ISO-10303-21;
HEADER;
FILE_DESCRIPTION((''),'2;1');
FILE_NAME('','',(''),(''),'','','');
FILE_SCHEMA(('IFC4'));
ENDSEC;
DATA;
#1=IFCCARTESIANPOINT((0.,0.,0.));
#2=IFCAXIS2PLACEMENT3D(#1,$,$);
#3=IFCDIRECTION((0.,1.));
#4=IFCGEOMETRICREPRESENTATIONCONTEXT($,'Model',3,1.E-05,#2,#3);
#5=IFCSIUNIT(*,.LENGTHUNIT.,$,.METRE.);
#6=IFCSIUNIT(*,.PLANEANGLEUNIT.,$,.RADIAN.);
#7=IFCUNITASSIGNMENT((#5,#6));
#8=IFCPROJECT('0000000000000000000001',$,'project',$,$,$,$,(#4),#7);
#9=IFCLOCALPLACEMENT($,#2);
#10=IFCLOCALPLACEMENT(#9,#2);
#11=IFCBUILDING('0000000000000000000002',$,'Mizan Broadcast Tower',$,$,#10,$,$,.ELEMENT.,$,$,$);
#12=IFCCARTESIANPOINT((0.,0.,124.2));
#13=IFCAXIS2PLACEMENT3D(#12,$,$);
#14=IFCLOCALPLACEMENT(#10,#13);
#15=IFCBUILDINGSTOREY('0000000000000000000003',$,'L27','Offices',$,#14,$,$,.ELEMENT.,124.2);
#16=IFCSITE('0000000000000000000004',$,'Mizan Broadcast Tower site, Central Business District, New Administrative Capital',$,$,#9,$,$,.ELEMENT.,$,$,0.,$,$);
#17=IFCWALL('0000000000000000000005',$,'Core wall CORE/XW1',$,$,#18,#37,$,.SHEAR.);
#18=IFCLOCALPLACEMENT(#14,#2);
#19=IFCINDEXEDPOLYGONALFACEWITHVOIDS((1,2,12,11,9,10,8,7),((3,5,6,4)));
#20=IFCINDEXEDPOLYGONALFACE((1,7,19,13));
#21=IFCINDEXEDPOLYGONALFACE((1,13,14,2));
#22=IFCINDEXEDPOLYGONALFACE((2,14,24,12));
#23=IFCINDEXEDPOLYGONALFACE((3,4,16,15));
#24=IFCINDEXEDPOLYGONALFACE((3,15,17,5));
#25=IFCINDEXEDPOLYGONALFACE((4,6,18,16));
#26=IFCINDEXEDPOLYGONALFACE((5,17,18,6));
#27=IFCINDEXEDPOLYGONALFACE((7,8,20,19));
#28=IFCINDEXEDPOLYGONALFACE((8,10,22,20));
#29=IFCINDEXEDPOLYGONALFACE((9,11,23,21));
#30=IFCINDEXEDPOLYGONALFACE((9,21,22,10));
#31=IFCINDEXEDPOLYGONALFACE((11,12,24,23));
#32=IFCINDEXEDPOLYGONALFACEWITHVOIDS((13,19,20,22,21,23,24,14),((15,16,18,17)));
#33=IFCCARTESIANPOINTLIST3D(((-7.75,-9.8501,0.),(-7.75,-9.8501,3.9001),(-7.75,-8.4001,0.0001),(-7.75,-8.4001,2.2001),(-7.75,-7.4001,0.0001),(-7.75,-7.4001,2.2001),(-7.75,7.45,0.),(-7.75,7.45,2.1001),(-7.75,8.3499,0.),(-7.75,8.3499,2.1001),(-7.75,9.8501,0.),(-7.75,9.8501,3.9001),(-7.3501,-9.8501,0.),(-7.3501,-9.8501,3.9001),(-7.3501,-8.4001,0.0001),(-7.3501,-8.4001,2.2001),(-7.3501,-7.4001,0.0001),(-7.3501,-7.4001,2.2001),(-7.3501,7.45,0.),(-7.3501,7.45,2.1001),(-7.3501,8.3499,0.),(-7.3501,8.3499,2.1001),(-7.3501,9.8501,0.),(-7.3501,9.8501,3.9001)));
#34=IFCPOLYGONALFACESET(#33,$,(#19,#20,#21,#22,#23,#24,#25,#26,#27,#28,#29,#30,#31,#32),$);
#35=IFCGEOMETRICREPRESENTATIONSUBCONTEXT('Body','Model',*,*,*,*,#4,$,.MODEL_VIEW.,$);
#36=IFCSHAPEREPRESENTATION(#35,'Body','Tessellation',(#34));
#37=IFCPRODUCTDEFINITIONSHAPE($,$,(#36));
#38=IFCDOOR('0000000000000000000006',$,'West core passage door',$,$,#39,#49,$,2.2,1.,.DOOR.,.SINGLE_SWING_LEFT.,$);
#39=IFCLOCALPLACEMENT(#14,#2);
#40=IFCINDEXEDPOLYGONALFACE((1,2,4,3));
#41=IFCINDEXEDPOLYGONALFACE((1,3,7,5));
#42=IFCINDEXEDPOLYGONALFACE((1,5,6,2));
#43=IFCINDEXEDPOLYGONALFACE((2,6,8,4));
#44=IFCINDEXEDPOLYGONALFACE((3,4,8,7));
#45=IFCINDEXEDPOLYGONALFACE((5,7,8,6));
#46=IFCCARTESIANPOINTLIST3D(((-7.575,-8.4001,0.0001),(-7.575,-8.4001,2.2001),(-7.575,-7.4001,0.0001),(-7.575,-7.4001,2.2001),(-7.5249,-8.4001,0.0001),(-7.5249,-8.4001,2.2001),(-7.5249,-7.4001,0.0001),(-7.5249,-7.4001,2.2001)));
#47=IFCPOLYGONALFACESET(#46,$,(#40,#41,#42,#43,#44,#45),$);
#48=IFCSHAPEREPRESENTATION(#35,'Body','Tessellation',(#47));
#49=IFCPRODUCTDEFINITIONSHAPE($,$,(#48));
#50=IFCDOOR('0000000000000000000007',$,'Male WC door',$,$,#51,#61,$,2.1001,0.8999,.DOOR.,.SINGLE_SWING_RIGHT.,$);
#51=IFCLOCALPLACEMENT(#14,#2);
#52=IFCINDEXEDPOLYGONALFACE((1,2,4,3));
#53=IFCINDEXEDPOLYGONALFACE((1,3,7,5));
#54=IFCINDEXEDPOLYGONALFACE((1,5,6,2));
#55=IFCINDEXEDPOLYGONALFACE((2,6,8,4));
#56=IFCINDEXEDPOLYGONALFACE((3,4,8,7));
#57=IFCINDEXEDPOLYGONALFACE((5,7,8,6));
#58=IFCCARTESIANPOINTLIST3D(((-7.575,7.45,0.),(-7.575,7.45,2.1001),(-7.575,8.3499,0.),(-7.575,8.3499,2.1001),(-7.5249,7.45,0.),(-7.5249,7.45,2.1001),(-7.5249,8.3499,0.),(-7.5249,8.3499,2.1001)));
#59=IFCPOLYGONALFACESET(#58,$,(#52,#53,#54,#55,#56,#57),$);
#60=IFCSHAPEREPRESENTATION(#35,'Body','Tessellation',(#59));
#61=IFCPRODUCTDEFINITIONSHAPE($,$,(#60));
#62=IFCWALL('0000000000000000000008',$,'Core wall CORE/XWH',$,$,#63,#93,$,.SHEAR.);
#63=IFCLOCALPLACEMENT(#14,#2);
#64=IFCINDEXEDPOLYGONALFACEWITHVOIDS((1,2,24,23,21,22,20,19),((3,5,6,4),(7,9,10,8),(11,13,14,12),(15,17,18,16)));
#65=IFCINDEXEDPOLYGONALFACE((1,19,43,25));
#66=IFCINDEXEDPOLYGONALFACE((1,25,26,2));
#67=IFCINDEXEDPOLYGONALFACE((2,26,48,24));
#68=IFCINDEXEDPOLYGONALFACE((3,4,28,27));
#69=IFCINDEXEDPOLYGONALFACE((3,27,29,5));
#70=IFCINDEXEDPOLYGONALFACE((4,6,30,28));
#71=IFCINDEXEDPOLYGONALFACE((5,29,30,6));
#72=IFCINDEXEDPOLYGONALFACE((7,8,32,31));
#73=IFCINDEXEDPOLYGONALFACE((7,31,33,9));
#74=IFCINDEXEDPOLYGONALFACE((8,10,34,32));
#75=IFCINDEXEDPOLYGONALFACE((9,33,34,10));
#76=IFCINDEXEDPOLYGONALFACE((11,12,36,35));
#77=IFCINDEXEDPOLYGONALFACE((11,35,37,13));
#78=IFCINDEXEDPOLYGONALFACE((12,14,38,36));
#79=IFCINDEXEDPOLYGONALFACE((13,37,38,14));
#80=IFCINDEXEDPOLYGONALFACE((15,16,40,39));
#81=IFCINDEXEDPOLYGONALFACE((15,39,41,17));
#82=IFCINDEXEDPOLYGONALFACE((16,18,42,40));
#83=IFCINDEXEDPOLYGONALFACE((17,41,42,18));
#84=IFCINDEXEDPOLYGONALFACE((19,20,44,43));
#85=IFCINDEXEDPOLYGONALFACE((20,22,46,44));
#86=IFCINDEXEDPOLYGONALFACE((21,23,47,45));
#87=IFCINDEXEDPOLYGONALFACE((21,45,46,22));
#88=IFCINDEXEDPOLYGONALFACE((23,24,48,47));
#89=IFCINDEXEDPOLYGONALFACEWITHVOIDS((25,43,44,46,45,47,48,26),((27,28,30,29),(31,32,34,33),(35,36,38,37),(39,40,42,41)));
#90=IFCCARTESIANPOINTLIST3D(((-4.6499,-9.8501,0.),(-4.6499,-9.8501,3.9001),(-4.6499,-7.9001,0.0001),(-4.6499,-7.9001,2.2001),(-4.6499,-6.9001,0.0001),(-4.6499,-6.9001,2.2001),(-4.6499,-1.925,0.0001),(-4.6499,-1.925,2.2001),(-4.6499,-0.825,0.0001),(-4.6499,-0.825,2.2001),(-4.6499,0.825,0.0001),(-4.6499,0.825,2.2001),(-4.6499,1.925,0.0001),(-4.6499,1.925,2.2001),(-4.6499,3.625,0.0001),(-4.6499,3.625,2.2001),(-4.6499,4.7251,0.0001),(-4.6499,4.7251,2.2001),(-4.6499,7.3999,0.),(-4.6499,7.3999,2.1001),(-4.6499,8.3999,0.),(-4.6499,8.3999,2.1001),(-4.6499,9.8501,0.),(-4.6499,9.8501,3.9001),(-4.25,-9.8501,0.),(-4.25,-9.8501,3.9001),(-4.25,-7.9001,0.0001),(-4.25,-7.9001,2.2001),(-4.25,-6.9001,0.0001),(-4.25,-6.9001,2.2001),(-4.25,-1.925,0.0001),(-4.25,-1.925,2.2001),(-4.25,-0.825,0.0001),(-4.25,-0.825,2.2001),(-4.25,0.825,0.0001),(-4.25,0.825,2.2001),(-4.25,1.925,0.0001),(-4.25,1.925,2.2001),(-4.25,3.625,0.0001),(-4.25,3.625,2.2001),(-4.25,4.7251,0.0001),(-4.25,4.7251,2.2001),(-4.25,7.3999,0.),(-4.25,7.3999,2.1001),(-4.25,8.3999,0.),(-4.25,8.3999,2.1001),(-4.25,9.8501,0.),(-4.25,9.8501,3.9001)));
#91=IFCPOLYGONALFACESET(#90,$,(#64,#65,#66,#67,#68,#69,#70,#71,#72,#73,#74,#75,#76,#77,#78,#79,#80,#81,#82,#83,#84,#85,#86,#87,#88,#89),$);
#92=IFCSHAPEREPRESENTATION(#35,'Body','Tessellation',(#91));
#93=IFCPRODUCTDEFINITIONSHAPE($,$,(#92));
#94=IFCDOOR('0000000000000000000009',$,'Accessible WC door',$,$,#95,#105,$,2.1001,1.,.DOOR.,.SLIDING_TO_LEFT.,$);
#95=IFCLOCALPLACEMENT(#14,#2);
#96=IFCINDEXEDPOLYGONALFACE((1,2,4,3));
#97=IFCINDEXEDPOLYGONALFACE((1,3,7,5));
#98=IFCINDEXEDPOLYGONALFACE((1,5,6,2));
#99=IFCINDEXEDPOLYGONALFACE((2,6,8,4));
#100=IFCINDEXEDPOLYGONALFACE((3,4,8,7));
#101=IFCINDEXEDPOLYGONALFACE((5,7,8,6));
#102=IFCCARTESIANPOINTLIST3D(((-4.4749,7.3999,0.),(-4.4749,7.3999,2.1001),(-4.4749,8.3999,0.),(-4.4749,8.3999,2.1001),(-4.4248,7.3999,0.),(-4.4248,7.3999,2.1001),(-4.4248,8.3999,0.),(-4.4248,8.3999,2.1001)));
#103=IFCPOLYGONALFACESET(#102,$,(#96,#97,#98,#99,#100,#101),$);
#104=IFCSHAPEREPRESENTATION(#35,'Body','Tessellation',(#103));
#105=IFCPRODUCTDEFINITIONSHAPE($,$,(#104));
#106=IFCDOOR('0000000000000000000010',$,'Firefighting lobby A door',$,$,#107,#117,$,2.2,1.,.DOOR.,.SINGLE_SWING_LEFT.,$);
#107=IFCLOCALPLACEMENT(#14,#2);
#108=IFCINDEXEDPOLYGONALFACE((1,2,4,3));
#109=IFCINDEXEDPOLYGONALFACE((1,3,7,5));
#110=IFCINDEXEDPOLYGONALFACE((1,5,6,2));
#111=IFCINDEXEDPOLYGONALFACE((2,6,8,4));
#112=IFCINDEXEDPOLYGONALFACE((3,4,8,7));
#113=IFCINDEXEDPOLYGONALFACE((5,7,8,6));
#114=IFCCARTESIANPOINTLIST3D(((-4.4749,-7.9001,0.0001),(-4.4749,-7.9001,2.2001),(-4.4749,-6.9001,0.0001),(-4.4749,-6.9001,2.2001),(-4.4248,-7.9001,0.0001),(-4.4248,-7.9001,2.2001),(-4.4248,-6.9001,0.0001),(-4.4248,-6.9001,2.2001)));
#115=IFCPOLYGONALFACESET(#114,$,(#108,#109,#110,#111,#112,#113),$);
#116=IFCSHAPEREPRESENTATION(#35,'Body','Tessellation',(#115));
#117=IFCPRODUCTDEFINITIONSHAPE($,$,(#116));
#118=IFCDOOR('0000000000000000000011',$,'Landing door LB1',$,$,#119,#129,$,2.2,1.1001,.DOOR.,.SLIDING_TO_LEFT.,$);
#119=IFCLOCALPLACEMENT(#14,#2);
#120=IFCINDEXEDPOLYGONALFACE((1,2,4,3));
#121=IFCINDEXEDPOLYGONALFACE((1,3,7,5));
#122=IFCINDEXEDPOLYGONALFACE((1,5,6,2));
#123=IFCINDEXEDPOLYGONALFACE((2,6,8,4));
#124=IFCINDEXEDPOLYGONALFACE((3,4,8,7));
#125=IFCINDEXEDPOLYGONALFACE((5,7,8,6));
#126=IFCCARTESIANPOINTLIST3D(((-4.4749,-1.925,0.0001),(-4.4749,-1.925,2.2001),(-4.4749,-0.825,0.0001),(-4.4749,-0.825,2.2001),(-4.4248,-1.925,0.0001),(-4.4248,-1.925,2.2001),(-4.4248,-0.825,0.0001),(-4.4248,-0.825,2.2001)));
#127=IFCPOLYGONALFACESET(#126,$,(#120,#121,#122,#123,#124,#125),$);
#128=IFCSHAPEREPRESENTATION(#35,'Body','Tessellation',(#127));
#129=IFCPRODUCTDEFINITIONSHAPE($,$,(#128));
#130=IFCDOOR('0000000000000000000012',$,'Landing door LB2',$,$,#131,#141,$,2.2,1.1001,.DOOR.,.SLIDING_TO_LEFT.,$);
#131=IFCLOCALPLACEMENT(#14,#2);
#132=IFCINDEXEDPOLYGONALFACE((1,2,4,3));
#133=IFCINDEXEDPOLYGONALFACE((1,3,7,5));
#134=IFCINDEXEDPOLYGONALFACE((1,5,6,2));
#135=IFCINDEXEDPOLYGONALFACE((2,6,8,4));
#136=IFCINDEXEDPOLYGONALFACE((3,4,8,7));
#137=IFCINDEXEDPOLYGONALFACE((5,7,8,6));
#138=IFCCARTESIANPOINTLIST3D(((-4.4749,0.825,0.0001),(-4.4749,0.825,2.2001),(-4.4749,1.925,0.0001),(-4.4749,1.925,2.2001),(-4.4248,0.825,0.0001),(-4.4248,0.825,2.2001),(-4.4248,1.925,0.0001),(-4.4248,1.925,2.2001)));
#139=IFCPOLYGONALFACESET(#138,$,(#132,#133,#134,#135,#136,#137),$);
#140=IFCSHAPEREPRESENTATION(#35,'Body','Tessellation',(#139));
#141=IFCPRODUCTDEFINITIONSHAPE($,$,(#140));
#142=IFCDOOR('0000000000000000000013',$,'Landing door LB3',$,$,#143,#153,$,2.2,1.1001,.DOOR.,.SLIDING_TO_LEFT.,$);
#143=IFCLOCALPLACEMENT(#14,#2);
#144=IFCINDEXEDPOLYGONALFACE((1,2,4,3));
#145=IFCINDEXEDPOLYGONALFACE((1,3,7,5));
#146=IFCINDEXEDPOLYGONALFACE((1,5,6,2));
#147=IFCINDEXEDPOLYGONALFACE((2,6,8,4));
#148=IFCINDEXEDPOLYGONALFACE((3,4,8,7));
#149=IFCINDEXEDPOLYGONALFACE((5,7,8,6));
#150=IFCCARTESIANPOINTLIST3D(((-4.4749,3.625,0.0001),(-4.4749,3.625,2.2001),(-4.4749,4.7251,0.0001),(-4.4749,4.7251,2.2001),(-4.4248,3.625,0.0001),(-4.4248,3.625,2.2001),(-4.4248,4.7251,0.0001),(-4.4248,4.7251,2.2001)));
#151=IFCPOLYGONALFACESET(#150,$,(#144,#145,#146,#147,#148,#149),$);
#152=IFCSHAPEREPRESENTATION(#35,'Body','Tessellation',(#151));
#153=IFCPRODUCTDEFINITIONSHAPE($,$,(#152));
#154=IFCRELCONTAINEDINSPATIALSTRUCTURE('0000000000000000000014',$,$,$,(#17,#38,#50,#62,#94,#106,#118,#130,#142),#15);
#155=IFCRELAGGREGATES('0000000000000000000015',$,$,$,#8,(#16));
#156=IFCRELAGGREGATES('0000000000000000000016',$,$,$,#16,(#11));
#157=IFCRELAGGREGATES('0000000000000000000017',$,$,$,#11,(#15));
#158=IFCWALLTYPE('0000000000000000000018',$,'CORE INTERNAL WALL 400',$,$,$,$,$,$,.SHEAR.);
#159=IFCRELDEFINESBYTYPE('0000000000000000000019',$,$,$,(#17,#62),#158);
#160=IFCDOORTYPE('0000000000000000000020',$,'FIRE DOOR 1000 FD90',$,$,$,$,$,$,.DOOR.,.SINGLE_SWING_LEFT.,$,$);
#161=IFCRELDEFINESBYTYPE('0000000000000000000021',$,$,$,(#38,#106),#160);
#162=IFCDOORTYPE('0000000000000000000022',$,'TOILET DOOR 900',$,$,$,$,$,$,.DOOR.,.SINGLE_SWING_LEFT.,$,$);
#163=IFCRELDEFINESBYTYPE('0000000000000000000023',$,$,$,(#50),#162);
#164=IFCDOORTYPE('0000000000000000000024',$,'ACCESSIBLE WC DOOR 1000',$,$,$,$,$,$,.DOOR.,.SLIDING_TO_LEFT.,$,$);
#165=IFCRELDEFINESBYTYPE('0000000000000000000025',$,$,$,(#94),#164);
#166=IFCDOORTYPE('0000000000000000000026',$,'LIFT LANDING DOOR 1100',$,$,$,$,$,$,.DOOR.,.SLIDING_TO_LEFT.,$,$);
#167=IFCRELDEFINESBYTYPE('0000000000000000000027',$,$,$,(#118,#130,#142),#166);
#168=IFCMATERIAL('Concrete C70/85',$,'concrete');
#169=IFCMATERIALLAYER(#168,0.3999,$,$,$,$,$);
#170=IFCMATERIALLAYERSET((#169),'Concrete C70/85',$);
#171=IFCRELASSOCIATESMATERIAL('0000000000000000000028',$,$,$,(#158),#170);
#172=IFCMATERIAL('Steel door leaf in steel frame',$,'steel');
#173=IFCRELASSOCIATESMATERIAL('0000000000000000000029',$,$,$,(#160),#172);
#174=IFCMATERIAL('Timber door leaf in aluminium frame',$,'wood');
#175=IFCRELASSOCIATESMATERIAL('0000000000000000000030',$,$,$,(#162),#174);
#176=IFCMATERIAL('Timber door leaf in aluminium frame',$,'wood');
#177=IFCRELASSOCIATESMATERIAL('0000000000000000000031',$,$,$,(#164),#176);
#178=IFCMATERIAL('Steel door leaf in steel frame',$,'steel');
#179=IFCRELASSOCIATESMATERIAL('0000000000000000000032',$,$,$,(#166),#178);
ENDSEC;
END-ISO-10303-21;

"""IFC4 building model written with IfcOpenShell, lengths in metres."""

from ifc_helpers import new_model, si_unit, direction, frame, frame_2d, origin, place, context, subcontext, project, spatial, rectangle, extrude, material, layer, layer_set, type_object, element, fill, save


model = new_model("IFC4")

# Units and contexts
model_context = context("Model", 3, precision=1e-05, world=origin(), true_north=direction((0.0, 1.0)))
body_context = subcontext(model_context, "Body", "Model", "MODEL_VIEW")
ifc_project = project(units=[si_unit("LENGTHUNIT", "METRE"), si_unit("PLANEANGLEUNIT", "RADIAN")], contexts=[model_context])

# Site, building, storey
site_placement = place(None, origin())
site = spatial("IfcSite", under=ifc_project, at=site_placement, Name="Mizan Broadcast Tower site, Central Business District, New Administrative Capital", CompositionType="ELEMENT", RefElevation=0.0)
building_placement = place(site_placement, origin())
building = spatial("IfcBuilding", under=site, at=building_placement, Name="Mizan Broadcast Tower", CompositionType="ELEMENT")
storey_placement = place(building_placement, frame((0.0, 0.0, 124.2)))
storey = spatial("IfcBuildingStorey", under=building, at=storey_placement, Name="L27", Description="Offices", CompositionType="ELEMENT", Elevation=124.2)

# Walls, openings, doors
ifc_material_1 = material(Name="Concrete C70/85", Category="concrete")
ifc_layer_1 = layer(ifc_material_1, 0.3999)
ifc_layer_set_1 = layer_set([ifc_layer_1], Name="Concrete C70/85")
wall_type_1 = type_object("IfcWallType", Name="CORE INTERNAL WALL 400", PredefinedType="SHEAR", material=ifc_layer_set_1)
wall_1_placement = place(storey_placement, frame((-7.55, -9.8501, 0.0), z_axis=(0.0, 0.0, 1.0), x_axis=(0.0, 1.0, 0.0)))
wall_1 = element("IfcWall", 1, at=wall_1_placement, inside=storey, type_object=wall_type_1, Name="Core wall CORE/XW1", PredefinedType="SHEAR", context=body_context, shape_type="SweptSolid", body=[
    extrude(rectangle(XDim=19.7002, YDim=0.3999, at=frame_2d((9.8501, 0.0))), origin(), (0.0, 0.0, 1.0), 3.9001),
])
opening_1_placement = place(wall_1_placement, frame((1.45, 0.0, 0.0)))
opening_1 = element("IfcOpeningElement", 2, at=opening_1_placement, cuts=wall_1, PredefinedType="OPENING", context=body_context, shape_type="SweptSolid", body=[
    extrude(rectangle(XDim=1.0, YDim=2.2, at=frame_2d((0.5, 1.1001))), frame((0.0, 0.21, 0.0), z_axis=(0.0, -1.0, 0.0), x_axis=(1.0, 0.0, 0.0)), (0.0, 0.0, 1.0), 0.4199),
])
opening_2_placement = place(wall_1_placement, frame((17.3, 0.0, 0.0)))
opening_2 = element("IfcOpeningElement", 3, at=opening_2_placement, cuts=wall_1, PredefinedType="OPENING", context=body_context, shape_type="SweptSolid", body=[
    extrude(rectangle(XDim=0.8999, YDim=2.1001, at=frame_2d((0.45, 1.05))), frame((0.0, 0.21, 0.0), z_axis=(0.0, -1.0, 0.0), x_axis=(1.0, 0.0, 0.0)), (0.0, 0.0, 1.0), 0.4199),
])
ifc_material_2 = material(Name="Steel door leaf in steel frame", Category="steel")
door_type_1 = type_object("IfcDoorType", Name="FIRE DOOR 1000 FD90", OperationType="SINGLE_SWING_LEFT", PredefinedType="DOOR", material=ifc_material_2)
door_1_placement = place(opening_1_placement, origin())
door_1 = element("IfcDoor", 4, at=door_1_placement, inside=storey, type_object=door_type_1, Name="West core passage door", OperationType="SINGLE_SWING_LEFT", OverallHeight=2.2, OverallWidth=1.0, PredefinedType="DOOR", context=body_context, shape_type="SweptSolid", body=[
    extrude(rectangle(XDim=1.0, YDim=2.2, at=frame_2d((0.5, 1.1001))), frame((0.0, 0.0249, 0.0), z_axis=(0.0, -1.0, 0.0), x_axis=(1.0, 0.0, 0.0)), (0.0, 0.0, 1.0), 0.05),
])
fill(opening_1, door_1)
ifc_material_3 = material(Name="Timber door leaf in aluminium frame", Category="wood")
door_type_2 = type_object("IfcDoorType", Name="TOILET DOOR 900", OperationType="SINGLE_SWING_LEFT", PredefinedType="DOOR", material=ifc_material_3)
door_2_placement = place(opening_2_placement, origin())
door_2 = element("IfcDoor", 5, at=door_2_placement, inside=storey, type_object=door_type_2, Name="Male WC door", OperationType="SINGLE_SWING_RIGHT", OverallHeight=2.1001, OverallWidth=0.8999, PredefinedType="DOOR", context=body_context, shape_type="SweptSolid", body=[
    extrude(rectangle(XDim=0.8999, YDim=2.1001, at=frame_2d((0.45, 1.05))), frame((0.0, 0.0249, 0.0), z_axis=(0.0, -1.0, 0.0), x_axis=(1.0, 0.0, 0.0)), (0.0, 0.0, 1.0), 0.05),
])
fill(opening_2, door_2)
wall_2_placement = place(storey_placement, frame((-4.45, -9.8501, 0.0), z_axis=(0.0, 0.0, 1.0), x_axis=(0.0, 1.0, 0.0)))
wall_2 = element("IfcWall", 6, at=wall_2_placement, inside=storey, type_object=wall_type_1, Name="Core wall CORE/XWH", PredefinedType="SHEAR", context=body_context, shape_type="SweptSolid", body=[
    extrude(rectangle(XDim=19.7002, YDim=0.3999, at=frame_2d((9.8501, 0.0))), origin(), (0.0, 0.0, 1.0), 3.9001),
])
opening_3_placement = place(wall_2_placement, frame((1.95, 0.0, 0.0)))
opening_3 = element("IfcOpeningElement", 7, at=opening_3_placement, cuts=wall_2, PredefinedType="OPENING", context=body_context, shape_type="SweptSolid", body=[
    extrude(rectangle(XDim=1.0, YDim=2.2, at=frame_2d((0.5, 1.1001))), frame((0.0, 0.21, 0.0), z_axis=(0.0, -1.0, 0.0), x_axis=(1.0, 0.0, 0.0)), (0.0, 0.0, 1.0), 0.4199),
])
opening_4_placement = place(wall_2_placement, frame((17.25, 0.0, 0.0)))
opening_4 = element("IfcOpeningElement", 8, at=opening_4_placement, cuts=wall_2, PredefinedType="OPENING", context=body_context, shape_type="SweptSolid", body=[
    extrude(rectangle(XDim=1.0, YDim=2.1001, at=frame_2d((0.5, 1.05))), frame((0.0, 0.21, 0.0), z_axis=(0.0, -1.0, 0.0), x_axis=(1.0, 0.0, 0.0)), (0.0, 0.0, 1.0), 0.4199),
])
opening_5_placement = place(wall_2_placement, frame((7.925, 0.0, 0.0)))
opening_5 = element("IfcOpeningElement", 9, at=opening_5_placement, cuts=wall_2, PredefinedType="OPENING", context=body_context, shape_type="SweptSolid", body=[
    extrude(rectangle(XDim=1.1001, YDim=2.2, at=frame_2d((0.55, 1.1001))), frame((0.0, 0.21, 0.0), z_axis=(0.0, -1.0, 0.0), x_axis=(1.0, 0.0, 0.0)), (0.0, 0.0, 1.0), 0.4199),
])
opening_6_placement = place(wall_2_placement, frame((10.675, 0.0, 0.0)))
opening_6 = element("IfcOpeningElement", 10, at=opening_6_placement, cuts=wall_2, PredefinedType="OPENING", context=body_context, shape_type="SweptSolid", body=[
    extrude(rectangle(XDim=1.1001, YDim=2.2, at=frame_2d((0.55, 1.1001))), frame((0.0, 0.21, 0.0), z_axis=(0.0, -1.0, 0.0), x_axis=(1.0, 0.0, 0.0)), (0.0, 0.0, 1.0), 0.4199),
])
opening_7_placement = place(wall_2_placement, frame((13.4751, 0.0, 0.0)))
opening_7 = element("IfcOpeningElement", 11, at=opening_7_placement, cuts=wall_2, PredefinedType="OPENING", context=body_context, shape_type="SweptSolid", body=[
    extrude(rectangle(XDim=1.1001, YDim=2.2, at=frame_2d((0.55, 1.1001))), frame((0.0, 0.21, 0.0), z_axis=(0.0, -1.0, 0.0), x_axis=(1.0, 0.0, 0.0)), (0.0, 0.0, 1.0), 0.4199),
])
ifc_material_4 = material(Name="Timber door leaf in aluminium frame", Category="wood")
door_type_3 = type_object("IfcDoorType", Name="ACCESSIBLE WC DOOR 1000", OperationType="SLIDING_TO_LEFT", PredefinedType="DOOR", material=ifc_material_4)
door_3_placement = place(opening_4_placement, origin())
door_3 = element("IfcDoor", 12, at=door_3_placement, inside=storey, type_object=door_type_3, Name="Accessible WC door", OperationType="SLIDING_TO_LEFT", OverallHeight=2.1001, OverallWidth=1.0, PredefinedType="DOOR", context=body_context, shape_type="SweptSolid", body=[
    extrude(rectangle(XDim=1.0, YDim=2.1001, at=frame_2d((0.5, 1.05))), frame((0.0, 0.0249, 0.0), z_axis=(0.0, -1.0, 0.0), x_axis=(1.0, 0.0, 0.0)), (0.0, 0.0, 1.0), 0.05),
])
fill(opening_4, door_3)
door_4_placement = place(opening_3_placement, origin())
door_4 = element("IfcDoor", 13, at=door_4_placement, inside=storey, type_object=door_type_1, Name="Firefighting lobby A door", OperationType="SINGLE_SWING_LEFT", OverallHeight=2.2, OverallWidth=1.0, PredefinedType="DOOR", context=body_context, shape_type="SweptSolid", body=[
    extrude(rectangle(XDim=1.0, YDim=2.2, at=frame_2d((0.5, 1.1001))), frame((0.0, 0.0249, 0.0), z_axis=(0.0, -1.0, 0.0), x_axis=(1.0, 0.0, 0.0)), (0.0, 0.0, 1.0), 0.05),
])
fill(opening_3, door_4)
ifc_material_5 = material(Name="Steel door leaf in steel frame", Category="steel")
door_type_4 = type_object("IfcDoorType", Name="LIFT LANDING DOOR 1100", OperationType="SLIDING_TO_LEFT", PredefinedType="DOOR", material=ifc_material_5)
door_5_placement = place(opening_5_placement, origin())
door_5 = element("IfcDoor", 14, at=door_5_placement, inside=storey, type_object=door_type_4, Name="Landing door LB1", OperationType="SLIDING_TO_LEFT", OverallHeight=2.2, OverallWidth=1.1001, PredefinedType="DOOR", context=body_context, shape_type="SweptSolid", body=[
    extrude(rectangle(XDim=1.1001, YDim=2.2, at=frame_2d((0.55, 1.1001))), frame((0.0, 0.0249, 0.0), z_axis=(0.0, -1.0, 0.0), x_axis=(1.0, 0.0, 0.0)), (0.0, 0.0, 1.0), 0.05),
])
fill(opening_5, door_5)
door_6_placement = place(opening_6_placement, origin())
door_6 = element("IfcDoor", 15, at=door_6_placement, inside=storey, type_object=door_type_4, Name="Landing door LB2", OperationType="SLIDING_TO_LEFT", OverallHeight=2.2, OverallWidth=1.1001, PredefinedType="DOOR", context=body_context, shape_type="SweptSolid", body=[
    extrude(rectangle(XDim=1.1001, YDim=2.2, at=frame_2d((0.55, 1.1001))), frame((0.0, 0.0249, 0.0), z_axis=(0.0, -1.0, 0.0), x_axis=(1.0, 0.0, 0.0)), (0.0, 0.0, 1.0), 0.05),
])
fill(opening_6, door_6)
door_7_placement = place(opening_7_placement, origin())
door_7 = element("IfcDoor", 16, at=door_7_placement, inside=storey, type_object=door_type_4, Name="Landing door LB3", OperationType="SLIDING_TO_LEFT", OverallHeight=2.2, OverallWidth=1.1001, PredefinedType="DOOR", context=body_context, shape_type="SweptSolid", body=[
    extrude(rectangle(XDim=1.1001, YDim=2.2, at=frame_2d((0.55, 1.1001))), frame((0.0, 0.0249, 0.0), z_axis=(0.0, -1.0, 0.0), x_axis=(1.0, 0.0, 0.0)), (0.0, 0.0, 1.0), 0.05),
])
fill(opening_7, door_7)

save(model, "model.ifc")
